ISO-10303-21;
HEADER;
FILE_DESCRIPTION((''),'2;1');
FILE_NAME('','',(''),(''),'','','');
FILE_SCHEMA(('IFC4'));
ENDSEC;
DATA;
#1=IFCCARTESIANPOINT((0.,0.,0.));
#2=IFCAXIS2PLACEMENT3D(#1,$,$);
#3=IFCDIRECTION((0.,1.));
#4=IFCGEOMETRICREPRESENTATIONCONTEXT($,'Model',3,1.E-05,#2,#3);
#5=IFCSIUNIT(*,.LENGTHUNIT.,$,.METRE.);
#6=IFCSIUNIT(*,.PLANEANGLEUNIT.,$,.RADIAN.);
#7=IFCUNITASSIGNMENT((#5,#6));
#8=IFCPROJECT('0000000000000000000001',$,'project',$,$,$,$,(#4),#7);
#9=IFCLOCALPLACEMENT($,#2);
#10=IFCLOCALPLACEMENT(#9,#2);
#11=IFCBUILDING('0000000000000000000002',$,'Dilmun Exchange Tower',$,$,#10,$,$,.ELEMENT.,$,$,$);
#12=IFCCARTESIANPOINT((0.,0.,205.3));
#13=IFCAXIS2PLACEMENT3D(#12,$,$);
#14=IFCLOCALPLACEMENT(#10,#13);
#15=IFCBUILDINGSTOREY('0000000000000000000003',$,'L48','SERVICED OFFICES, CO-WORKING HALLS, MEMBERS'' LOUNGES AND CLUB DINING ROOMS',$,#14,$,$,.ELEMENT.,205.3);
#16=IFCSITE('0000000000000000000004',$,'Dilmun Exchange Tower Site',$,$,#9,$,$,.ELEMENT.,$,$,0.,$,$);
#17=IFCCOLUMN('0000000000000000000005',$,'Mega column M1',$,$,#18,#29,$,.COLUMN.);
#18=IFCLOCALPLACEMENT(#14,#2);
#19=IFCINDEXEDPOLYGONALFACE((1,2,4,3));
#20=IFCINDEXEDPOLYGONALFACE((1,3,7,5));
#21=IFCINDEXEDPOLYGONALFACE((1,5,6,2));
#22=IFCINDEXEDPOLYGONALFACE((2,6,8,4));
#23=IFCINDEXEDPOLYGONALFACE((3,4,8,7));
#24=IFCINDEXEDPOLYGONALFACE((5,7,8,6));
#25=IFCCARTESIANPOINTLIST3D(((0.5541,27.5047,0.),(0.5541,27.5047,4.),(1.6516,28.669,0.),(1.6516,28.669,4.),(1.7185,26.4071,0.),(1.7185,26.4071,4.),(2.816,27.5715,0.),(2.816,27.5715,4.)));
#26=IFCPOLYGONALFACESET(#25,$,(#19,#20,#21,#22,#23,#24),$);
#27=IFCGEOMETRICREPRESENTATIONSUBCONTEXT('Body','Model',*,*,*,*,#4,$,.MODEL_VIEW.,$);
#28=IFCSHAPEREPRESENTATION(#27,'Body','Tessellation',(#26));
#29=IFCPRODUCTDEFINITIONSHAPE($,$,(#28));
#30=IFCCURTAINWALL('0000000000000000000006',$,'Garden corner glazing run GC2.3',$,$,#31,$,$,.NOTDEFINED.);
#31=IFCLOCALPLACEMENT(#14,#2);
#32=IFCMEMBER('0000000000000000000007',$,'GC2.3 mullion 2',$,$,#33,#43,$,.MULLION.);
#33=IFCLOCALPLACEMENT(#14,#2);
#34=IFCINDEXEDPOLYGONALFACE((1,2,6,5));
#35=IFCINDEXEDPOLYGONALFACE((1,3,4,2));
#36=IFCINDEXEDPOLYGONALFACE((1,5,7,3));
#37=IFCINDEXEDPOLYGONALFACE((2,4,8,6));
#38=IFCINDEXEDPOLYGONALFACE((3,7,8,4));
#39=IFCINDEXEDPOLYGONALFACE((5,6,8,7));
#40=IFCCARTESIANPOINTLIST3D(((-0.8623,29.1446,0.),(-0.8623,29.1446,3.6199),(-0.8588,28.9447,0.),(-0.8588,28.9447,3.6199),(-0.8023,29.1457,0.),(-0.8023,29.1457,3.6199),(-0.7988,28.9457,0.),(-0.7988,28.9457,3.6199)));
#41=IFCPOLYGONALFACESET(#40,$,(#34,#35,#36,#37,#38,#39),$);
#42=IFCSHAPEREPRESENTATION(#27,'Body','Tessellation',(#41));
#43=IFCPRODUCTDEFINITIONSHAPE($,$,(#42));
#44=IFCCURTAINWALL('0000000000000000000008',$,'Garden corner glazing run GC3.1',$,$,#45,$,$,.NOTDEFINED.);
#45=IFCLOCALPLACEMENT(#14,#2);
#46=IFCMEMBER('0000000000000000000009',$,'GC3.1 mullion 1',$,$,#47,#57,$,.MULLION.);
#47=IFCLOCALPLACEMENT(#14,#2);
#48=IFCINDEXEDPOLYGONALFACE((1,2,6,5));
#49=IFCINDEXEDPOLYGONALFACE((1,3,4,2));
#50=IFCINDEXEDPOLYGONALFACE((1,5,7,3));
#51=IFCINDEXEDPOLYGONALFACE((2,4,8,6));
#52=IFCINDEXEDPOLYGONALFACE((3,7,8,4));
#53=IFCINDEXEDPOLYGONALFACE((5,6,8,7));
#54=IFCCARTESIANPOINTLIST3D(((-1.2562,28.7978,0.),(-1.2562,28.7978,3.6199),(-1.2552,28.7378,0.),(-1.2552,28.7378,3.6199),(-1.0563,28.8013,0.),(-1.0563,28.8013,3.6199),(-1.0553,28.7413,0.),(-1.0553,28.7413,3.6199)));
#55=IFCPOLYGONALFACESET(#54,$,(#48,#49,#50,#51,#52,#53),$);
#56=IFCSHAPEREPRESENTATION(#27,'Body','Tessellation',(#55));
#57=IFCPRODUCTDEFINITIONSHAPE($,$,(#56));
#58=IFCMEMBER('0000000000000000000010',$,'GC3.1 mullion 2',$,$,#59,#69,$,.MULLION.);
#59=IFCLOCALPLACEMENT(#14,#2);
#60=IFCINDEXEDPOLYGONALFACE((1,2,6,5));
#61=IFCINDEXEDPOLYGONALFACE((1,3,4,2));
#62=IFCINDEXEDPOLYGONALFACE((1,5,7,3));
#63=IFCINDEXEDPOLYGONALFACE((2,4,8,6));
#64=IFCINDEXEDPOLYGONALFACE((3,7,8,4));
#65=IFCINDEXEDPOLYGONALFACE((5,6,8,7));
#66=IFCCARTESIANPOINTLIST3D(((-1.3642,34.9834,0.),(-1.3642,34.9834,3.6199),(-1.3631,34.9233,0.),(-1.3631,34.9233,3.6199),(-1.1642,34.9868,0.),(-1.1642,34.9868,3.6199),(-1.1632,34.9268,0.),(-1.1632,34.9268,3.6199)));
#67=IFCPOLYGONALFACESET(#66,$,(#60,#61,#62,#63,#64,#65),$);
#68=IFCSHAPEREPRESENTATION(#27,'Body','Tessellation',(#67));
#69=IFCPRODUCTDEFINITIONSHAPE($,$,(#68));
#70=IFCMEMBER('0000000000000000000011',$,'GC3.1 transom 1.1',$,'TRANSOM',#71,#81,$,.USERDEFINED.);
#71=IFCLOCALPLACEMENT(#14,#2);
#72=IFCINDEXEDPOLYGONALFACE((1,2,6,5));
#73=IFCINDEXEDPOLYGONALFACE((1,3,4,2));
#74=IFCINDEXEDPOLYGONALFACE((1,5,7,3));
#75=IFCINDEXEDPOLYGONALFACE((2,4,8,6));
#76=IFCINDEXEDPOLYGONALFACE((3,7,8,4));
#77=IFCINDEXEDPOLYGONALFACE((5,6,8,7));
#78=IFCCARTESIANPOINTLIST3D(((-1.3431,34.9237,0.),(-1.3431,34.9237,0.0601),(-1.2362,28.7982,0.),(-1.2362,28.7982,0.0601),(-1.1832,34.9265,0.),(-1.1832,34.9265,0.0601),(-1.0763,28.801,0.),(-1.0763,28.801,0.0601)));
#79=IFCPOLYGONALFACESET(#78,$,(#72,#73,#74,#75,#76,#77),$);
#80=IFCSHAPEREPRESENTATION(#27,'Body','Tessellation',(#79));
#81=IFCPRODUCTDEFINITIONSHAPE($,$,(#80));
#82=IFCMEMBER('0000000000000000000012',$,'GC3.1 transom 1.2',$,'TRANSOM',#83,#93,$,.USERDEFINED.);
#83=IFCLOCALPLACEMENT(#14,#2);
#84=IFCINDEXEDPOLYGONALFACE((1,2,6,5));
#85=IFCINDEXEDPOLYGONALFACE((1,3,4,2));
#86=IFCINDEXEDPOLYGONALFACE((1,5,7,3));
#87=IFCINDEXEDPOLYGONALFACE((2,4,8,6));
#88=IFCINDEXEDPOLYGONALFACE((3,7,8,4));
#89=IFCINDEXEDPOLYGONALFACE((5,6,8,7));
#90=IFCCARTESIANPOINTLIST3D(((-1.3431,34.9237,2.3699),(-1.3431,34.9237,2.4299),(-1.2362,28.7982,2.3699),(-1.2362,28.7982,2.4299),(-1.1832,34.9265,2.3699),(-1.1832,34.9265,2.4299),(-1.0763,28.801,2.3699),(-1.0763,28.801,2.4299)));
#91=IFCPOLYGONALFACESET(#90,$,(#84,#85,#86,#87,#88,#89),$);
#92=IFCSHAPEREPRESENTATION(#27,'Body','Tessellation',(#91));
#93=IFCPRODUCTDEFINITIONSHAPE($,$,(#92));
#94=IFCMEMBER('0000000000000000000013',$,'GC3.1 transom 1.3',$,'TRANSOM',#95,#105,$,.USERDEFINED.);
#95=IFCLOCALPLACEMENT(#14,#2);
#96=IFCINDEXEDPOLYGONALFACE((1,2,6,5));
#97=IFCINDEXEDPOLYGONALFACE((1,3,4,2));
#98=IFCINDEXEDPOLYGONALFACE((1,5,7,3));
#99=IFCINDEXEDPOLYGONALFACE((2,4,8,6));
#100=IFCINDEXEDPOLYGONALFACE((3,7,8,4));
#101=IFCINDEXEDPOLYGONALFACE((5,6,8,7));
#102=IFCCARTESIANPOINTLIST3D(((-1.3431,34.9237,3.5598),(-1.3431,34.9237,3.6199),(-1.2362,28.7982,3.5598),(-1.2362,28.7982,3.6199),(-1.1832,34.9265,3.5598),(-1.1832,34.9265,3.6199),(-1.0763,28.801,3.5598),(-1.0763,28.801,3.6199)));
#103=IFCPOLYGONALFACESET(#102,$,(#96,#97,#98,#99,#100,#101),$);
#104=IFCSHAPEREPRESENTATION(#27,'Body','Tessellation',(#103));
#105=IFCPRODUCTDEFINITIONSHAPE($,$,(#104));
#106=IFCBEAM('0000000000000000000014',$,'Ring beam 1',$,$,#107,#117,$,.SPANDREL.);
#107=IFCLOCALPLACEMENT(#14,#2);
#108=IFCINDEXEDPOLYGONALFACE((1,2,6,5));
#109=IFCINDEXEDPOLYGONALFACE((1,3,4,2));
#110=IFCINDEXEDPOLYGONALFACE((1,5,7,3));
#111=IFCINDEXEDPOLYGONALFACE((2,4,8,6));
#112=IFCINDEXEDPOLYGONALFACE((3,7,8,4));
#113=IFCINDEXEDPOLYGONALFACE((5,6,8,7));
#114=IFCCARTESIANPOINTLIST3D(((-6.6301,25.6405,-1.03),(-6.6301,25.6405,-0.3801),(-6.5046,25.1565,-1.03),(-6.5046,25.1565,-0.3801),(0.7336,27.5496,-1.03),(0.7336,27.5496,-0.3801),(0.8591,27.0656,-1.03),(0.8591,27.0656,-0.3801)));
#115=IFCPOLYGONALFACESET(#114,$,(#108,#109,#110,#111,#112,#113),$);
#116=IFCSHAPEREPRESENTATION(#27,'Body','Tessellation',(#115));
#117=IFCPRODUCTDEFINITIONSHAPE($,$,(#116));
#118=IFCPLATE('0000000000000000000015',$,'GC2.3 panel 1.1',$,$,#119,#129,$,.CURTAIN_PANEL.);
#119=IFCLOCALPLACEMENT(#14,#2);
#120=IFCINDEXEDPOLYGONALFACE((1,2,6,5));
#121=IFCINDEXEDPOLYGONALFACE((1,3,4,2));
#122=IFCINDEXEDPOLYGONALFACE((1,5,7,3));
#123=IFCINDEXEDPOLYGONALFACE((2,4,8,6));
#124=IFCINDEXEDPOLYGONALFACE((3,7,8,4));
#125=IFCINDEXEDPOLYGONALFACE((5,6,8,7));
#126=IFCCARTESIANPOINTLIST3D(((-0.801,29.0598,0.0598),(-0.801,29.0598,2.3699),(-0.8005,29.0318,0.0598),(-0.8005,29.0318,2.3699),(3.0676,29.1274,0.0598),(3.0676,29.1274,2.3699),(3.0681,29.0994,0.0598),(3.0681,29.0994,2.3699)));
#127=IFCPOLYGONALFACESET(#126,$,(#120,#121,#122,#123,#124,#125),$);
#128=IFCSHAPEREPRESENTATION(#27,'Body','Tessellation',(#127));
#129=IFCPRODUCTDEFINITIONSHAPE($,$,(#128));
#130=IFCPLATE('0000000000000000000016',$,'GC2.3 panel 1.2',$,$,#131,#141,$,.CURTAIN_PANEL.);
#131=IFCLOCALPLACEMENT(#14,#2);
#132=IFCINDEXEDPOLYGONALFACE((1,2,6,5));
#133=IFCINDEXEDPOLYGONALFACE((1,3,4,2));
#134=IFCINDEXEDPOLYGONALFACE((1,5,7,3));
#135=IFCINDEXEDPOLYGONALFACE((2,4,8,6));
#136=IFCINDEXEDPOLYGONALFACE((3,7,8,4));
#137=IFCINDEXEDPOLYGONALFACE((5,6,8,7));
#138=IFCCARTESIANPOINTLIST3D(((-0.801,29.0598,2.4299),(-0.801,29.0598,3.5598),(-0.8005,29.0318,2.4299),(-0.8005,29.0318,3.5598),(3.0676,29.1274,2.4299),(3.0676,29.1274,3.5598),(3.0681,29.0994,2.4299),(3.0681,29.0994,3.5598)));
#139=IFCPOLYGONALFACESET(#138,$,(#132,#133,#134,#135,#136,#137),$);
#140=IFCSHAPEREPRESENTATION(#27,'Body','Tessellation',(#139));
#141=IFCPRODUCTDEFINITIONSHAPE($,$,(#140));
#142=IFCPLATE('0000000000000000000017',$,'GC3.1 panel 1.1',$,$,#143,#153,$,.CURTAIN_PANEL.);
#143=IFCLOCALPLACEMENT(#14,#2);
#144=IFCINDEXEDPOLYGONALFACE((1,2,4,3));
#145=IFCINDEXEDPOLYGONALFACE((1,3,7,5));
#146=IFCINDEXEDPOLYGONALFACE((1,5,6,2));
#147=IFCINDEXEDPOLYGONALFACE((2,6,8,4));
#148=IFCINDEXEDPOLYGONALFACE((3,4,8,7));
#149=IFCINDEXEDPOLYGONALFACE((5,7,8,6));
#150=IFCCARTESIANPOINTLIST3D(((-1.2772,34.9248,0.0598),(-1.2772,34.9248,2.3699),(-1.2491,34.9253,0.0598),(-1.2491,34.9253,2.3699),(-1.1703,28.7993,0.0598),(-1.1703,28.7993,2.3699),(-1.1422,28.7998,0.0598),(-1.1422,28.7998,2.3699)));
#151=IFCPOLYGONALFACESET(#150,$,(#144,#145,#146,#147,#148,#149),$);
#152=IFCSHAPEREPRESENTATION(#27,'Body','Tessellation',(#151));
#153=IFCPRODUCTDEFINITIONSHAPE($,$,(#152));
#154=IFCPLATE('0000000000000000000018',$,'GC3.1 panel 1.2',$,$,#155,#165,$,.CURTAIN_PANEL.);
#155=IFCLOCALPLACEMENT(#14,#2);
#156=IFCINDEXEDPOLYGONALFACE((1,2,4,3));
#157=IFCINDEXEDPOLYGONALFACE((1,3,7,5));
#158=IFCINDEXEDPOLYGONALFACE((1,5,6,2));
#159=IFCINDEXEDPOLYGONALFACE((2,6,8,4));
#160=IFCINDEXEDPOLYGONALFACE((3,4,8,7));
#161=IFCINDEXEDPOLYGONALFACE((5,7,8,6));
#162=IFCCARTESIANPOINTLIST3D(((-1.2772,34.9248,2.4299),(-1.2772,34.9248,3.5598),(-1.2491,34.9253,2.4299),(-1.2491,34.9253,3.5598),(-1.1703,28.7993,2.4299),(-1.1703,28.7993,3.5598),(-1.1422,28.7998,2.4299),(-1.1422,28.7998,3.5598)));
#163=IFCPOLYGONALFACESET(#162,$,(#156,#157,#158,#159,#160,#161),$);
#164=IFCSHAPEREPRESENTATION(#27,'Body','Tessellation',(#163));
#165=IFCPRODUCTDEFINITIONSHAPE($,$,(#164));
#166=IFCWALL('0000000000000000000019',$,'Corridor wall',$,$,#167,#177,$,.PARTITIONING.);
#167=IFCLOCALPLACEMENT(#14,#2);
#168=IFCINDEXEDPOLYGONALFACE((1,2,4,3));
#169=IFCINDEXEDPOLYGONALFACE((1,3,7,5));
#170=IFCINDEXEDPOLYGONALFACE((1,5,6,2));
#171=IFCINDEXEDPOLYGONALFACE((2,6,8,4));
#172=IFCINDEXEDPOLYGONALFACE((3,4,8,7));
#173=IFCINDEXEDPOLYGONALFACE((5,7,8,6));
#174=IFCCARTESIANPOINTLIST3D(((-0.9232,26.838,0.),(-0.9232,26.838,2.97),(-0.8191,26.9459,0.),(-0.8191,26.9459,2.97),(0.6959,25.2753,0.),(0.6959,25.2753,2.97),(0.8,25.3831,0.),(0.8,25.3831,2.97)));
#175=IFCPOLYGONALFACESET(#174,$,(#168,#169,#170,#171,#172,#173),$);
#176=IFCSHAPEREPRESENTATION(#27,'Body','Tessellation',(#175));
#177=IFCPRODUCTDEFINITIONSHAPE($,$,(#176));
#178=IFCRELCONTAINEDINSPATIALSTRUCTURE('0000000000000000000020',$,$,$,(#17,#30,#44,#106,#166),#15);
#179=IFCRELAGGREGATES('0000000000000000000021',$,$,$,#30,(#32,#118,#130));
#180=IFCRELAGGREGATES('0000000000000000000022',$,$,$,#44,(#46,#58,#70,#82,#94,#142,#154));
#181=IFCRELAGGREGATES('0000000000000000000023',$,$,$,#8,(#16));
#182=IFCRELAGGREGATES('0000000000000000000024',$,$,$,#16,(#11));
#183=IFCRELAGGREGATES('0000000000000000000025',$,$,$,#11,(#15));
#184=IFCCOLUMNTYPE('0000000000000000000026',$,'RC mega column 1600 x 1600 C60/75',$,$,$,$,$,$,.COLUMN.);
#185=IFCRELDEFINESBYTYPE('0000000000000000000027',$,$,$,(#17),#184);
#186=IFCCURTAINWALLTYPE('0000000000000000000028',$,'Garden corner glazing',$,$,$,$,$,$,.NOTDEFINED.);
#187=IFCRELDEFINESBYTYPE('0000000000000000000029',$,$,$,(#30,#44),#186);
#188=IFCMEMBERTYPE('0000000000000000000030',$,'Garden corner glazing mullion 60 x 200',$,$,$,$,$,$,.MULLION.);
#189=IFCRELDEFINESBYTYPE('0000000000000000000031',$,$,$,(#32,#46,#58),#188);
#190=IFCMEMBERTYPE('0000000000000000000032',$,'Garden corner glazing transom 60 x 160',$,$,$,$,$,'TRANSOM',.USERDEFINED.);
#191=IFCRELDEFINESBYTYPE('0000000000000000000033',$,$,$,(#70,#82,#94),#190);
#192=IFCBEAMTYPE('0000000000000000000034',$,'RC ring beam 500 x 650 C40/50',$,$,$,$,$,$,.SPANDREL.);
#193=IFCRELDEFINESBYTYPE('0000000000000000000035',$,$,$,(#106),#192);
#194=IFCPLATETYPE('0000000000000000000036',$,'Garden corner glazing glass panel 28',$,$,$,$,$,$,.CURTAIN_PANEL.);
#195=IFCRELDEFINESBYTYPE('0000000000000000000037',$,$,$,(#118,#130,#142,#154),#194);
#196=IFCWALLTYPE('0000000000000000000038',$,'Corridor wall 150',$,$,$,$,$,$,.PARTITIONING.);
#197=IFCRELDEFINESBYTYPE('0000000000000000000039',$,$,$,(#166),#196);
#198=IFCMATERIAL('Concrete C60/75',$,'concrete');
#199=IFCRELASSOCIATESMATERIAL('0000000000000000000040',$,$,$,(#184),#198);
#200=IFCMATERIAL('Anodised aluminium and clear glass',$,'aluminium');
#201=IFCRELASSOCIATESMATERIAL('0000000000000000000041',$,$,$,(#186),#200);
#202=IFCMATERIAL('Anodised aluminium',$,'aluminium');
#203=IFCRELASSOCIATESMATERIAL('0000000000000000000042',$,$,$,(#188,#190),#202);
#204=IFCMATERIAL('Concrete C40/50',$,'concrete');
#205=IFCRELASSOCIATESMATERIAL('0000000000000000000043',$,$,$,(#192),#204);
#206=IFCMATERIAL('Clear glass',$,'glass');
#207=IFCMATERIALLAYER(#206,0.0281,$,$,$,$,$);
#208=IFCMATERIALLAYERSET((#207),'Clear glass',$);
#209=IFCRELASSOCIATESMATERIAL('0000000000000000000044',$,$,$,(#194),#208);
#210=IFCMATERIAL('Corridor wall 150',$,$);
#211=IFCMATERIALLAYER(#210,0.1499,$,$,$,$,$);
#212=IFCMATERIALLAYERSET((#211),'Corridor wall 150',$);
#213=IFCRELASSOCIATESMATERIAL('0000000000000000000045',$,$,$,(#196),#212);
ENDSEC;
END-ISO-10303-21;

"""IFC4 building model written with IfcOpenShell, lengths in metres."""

from ifc_helpers import new_model, si_unit, direction, frame, frame_2d, origin, origin_2d, place, context, subcontext, project, spatial, rectangle, extrude, material, layer, layer_set, material_profile, profile_set, type_object, element, aggregate, save


model = new_model("IFC4")

# Units and contexts
model_context = context("Model", 3, precision=1e-05, world=origin(), true_north=direction((0.0, 1.0)))
body_context = subcontext(model_context, "Body", "Model", "MODEL_VIEW")
ifc_project = project(units=[si_unit("LENGTHUNIT", "METRE"), si_unit("PLANEANGLEUNIT", "RADIAN")], contexts=[model_context])

# Site, building, storey
site_placement = place(None, origin())
site = spatial("IfcSite", under=ifc_project, at=site_placement, Name="Dilmun Exchange Tower Site", CompositionType="ELEMENT", RefElevation=0.0)
building_placement = place(site_placement, origin())
building = spatial("IfcBuilding", under=site, at=building_placement, Name="Dilmun Exchange Tower", CompositionType="ELEMENT")
storey_placement = place(building_placement, frame((0.0, 0.0, 205.3)))
storey = spatial("IfcBuildingStorey", under=building, at=storey_placement, Name="L48", Description="SERVICED OFFICES, CO-WORKING HALLS, MEMBERS' LOUNGES AND CLUB DINING ROOMS", CompositionType="ELEMENT", Elevation=205.3)

# Column
ifc_material_1 = material(Name="Concrete C60/75", Category="concrete")
ifc_material_profile_1 = material_profile(ifc_material_1, rectangle(XDim=1.6001, YDim=1.6001, at=origin_2d()), Name="1600 x 1600")
ifc_profile_set_1 = profile_set([ifc_material_profile_1], Name="Concrete C60/75")
column_type = type_object("IfcColumnType", Name="RC mega column 1600 x 1600 C60/75", PredefinedType="COLUMN", material=ifc_profile_set_1)
column_placement = place(storey_placement, frame((1.6851, 27.5381, 0.0), z_axis=(0.0, 0.0, 1.0), x_axis=(0.685916, 0.727681, 0.0)))
element("IfcColumn", 1, at=column_placement, inside=storey, type_object=column_type, Name="Mega column M1", PredefinedType="COLUMN", context=body_context, shape_type="SweptSolid", body=[
    extrude(rectangle(XDim=1.6001, YDim=1.6001, at=origin_2d()), origin(), (0.0, 0.0, 1.0), 4.0),
])

# Curtain wall, member
ifc_material_2 = material(Name="Anodised aluminium and clear glass", Category="aluminium")
curtain_wall_type = type_object("IfcCurtainWallType", Name="Garden corner glazing", PredefinedType="NOTDEFINED", material=ifc_material_2)
curtain_wall_1_placement = place(storey_placement, origin())
curtain_wall_1 = element("IfcCurtainWall", 2, at=curtain_wall_1_placement, inside=storey, type_object=curtain_wall_type, Name="Garden corner glazing run GC2.3", PredefinedType="NOTDEFINED")
ifc_material_3 = material(Name="Anodised aluminium", Category="aluminium")
ifc_material_profile_2 = material_profile(ifc_material_3, rectangle(XDim=0.2, YDim=0.0601, at=origin_2d()), Name="AL 60x200")
ifc_profile_set_2 = profile_set([ifc_material_profile_2], Name="Anodised aluminium")
member_type_1 = type_object("IfcMemberType", Name="Garden corner glazing mullion 60 x 200", PredefinedType="MULLION", material=ifc_profile_set_2)
member_1_placement = place(storey_placement, frame((-0.8306, 29.0452, 0.0), z_axis=(0.0, 0.0, 1.0), x_axis=(0.017473, -0.999847, 0.0)))
member_1 = element("IfcMember", 3, at=member_1_placement, type_object=member_type_1, Name="GC2.3 mullion 2", PredefinedType="MULLION", context=body_context, shape_type="SweptSolid", body=[
    extrude(rectangle(XDim=0.2, YDim=0.0601, at=origin_2d()), origin(), (0.0, 0.0, 1.0), 3.6199),
])

# Curtain wall, members
curtain_wall_2_placement = place(storey_placement, origin())
curtain_wall_2 = element("IfcCurtainWall", 4, at=curtain_wall_2_placement, inside=storey, type_object=curtain_wall_type, Name="Garden corner glazing run GC3.1", PredefinedType="NOTDEFINED")
member_2_placement = place(storey_placement, frame((-1.1558, 28.7695, 0.0), z_axis=(0.0, 0.0, 1.0), x_axis=(-0.999848, -0.01745, 0.0)))
member_2 = element("IfcMember", 5, at=member_2_placement, type_object=member_type_1, Name="GC3.1 mullion 1", PredefinedType="MULLION", context=body_context, shape_type="SweptSolid", body=[
    extrude(rectangle(XDim=0.2, YDim=0.0601, at=origin_2d()), origin(), (0.0, 0.0, 1.0), 3.6199),
])
member_3_placement = place(storey_placement, frame((-1.2637, 34.9551, 0.0), z_axis=(0.0, 0.0, 1.0), x_axis=(-0.999848, -0.01745, 0.0)))
member_3 = element("IfcMember", 6, at=member_3_placement, type_object=member_type_1, Name="GC3.1 mullion 2", PredefinedType="MULLION", context=body_context, shape_type="SweptSolid", body=[
    extrude(rectangle(XDim=0.2, YDim=0.0601, at=origin_2d()), origin(), (0.0, 0.0, 1.0), 3.6199),
])
ifc_material_profile_3 = material_profile(ifc_material_3, rectangle(XDim=0.1599, YDim=0.0601, at=origin_2d()), Name="AL 60x160")
ifc_profile_set_3 = profile_set([ifc_material_profile_3], Name="Anodised aluminium")
member_type_2 = type_object("IfcMemberType", Name="Garden corner glazing transom 60 x 160", ElementType="TRANSOM", PredefinedType="USERDEFINED", material=ifc_profile_set_3)
member_4_placement = place(storey_placement, frame((-1.1562, 28.7996, 0.03), z_axis=(-0.017454, 0.999848, 0.0), x_axis=(-0.999848, -0.017454, 0.0)))
member_4 = element("IfcMember", 7, at=member_4_placement, type_object=member_type_2, Name="GC3.1 transom 1.1", ObjectType="TRANSOM", PredefinedType="USERDEFINED", context=body_context, shape_type="SweptSolid", body=[
    extrude(rectangle(XDim=0.1599, YDim=0.0601, at=origin_2d()), origin(), (0.0, 0.0, 1.0), 6.1265),
])
member_5_placement = place(storey_placement, frame((-1.1562, 28.7996, 2.3999), z_axis=(-0.017454, 0.999848, 0.0), x_axis=(-0.999848, -0.017454, 0.0)))
member_5 = element("IfcMember", 8, at=member_5_placement, type_object=member_type_2, Name="GC3.1 transom 1.2", ObjectType="TRANSOM", PredefinedType="USERDEFINED", context=body_context, shape_type="SweptSolid", body=[
    extrude(rectangle(XDim=0.1599, YDim=0.0601, at=origin_2d()), origin(), (0.0, 0.0, 1.0), 6.1265),
])
member_6_placement = place(storey_placement, frame((-1.1562, 28.7996, 3.5898), z_axis=(-0.017454, 0.999848, 0.0), x_axis=(-0.999848, -0.017454, 0.0)))
member_6 = element("IfcMember", 9, at=member_6_placement, type_object=member_type_2, Name="GC3.1 transom 1.3", ObjectType="TRANSOM", PredefinedType="USERDEFINED", context=body_context, shape_type="SweptSolid", body=[
    extrude(rectangle(XDim=0.1599, YDim=0.0601, at=origin_2d()), origin(), (0.0, 0.0, 1.0), 6.1265),
])

# Beam
ifc_material_4 = material(Name="Concrete C40/50", Category="concrete")
ifc_material_profile_4 = material_profile(ifc_material_4, rectangle(XDim=0.5, YDim=0.6499, at=origin_2d()), Name="500 x 650")
ifc_profile_set_4 = profile_set([ifc_material_profile_4], Name="Concrete C40/50")
beam_type = type_object("IfcBeamType", Name="RC ring beam 500 x 650 C40/50", PredefinedType="SPANDREL", material=ifc_profile_set_4)
beam_placement = place(storey_placement, frame((0.7964, 27.3076, -0.7051), z_axis=(-0.967995, -0.250969, 0.0), x_axis=(0.250969, -0.967995, 0.0)))
element("IfcBeam", 10, at=beam_placement, inside=storey, type_object=beam_type, Name="Ring beam 1", PredefinedType="SPANDREL", context=body_context, shape_type="SweptSolid", body=[
    extrude(rectangle(XDim=0.5, YDim=0.6499, at=origin_2d()), origin(), (0.0, 0.0, 1.0), 7.6072),
])

# Plates
ifc_material_5 = material(Name="Clear glass", Category="glass")
ifc_layer_1 = layer(ifc_material_5, 0.0281)
ifc_layer_set_1 = layer_set([ifc_layer_1], Name="Clear glass")
plate_type = type_object("IfcPlateType", Name="Garden corner glazing glass panel 28", PredefinedType="CURTAIN_PANEL", material=ifc_layer_set_1)
plate_1_placement = place(storey_placement, frame((1.1335, 29.0796, 0.0598), z_axis=(0.0, 0.0, 1.0), x_axis=(-0.999847, -0.017473, 0.0)))
plate_1 = element("IfcPlate", 11, at=plate_1_placement, type_object=plate_type, Name="GC2.3 panel 1.1", PredefinedType="CURTAIN_PANEL", context=body_context, shape_type="SweptSolid", body=[
    extrude(rectangle(XDim=3.8691, YDim=0.0281, at=origin_2d()), origin(), (0.0, 0.0, 1.0), 2.3101),
])
plate_2_placement = place(storey_placement, frame((1.1335, 29.0796, 2.4299), z_axis=(0.0, 0.0, 1.0), x_axis=(-0.999847, -0.017473, 0.0)))
plate_2 = element("IfcPlate", 12, at=plate_2_placement, type_object=plate_type, Name="GC2.3 panel 1.2", PredefinedType="CURTAIN_PANEL", context=body_context, shape_type="SweptSolid", body=[
    extrude(rectangle(XDim=3.8691, YDim=0.0281, at=origin_2d()), origin(), (0.0, 0.0, 1.0), 1.1299),
])
aggregate(curtain_wall_1, [member_1, plate_1, plate_2])
plate_3_placement = place(storey_placement, frame((-1.2097, 31.8623, 0.0598), z_axis=(0.0, 0.0, 1.0), x_axis=(-0.01745, 0.999848, 0.0)))
plate_3 = element("IfcPlate", 13, at=plate_3_placement, type_object=plate_type, Name="GC3.1 panel 1.1", PredefinedType="CURTAIN_PANEL", context=body_context, shape_type="SweptSolid", body=[
    extrude(rectangle(XDim=6.1265, YDim=0.0281, at=origin_2d()), origin(), (0.0, 0.0, 1.0), 2.3101),
])
plate_4_placement = place(storey_placement, frame((-1.2097, 31.8623, 2.4299), z_axis=(0.0, 0.0, 1.0), x_axis=(-0.01745, 0.999848, 0.0)))
plate_4 = element("IfcPlate", 14, at=plate_4_placement, type_object=plate_type, Name="GC3.1 panel 1.2", PredefinedType="CURTAIN_PANEL", context=body_context, shape_type="SweptSolid", body=[
    extrude(rectangle(XDim=6.1265, YDim=0.0281, at=origin_2d()), origin(), (0.0, 0.0, 1.0), 1.1299),
])
aggregate(curtain_wall_2, [member_2, member_3, member_4, member_5, member_6, plate_3, plate_4])

# Wall
ifc_material_6 = material(Name="Corridor wall 150")
ifc_layer_2 = layer(ifc_material_6, 0.1499)
ifc_layer_set_2 = layer_set([ifc_layer_2], Name="Corridor wall 150")
wall_type_1 = type_object("IfcWallType", Name="Corridor wall 150", PredefinedType="PARTITIONING", material=ifc_layer_set_2)
wall_1_placement = place(storey_placement, frame((-0.8711, 26.8918, 0.0), z_axis=(0.0, 0.0, 1.0), x_axis=(0.719527, -0.694465, 0.0)))
element("IfcWall", 15, at=wall_1_placement, inside=storey, type_object=wall_type_1, Name="Corridor wall", PredefinedType="PARTITIONING", context=body_context, shape_type="SweptSolid", body=[
    extrude(rectangle(XDim=2.2502, YDim=0.1499, at=frame_2d((1.125, 0.0))), origin(), (0.0, 0.0, 1.0), 2.97),
])

save(model, "model.ifc")
